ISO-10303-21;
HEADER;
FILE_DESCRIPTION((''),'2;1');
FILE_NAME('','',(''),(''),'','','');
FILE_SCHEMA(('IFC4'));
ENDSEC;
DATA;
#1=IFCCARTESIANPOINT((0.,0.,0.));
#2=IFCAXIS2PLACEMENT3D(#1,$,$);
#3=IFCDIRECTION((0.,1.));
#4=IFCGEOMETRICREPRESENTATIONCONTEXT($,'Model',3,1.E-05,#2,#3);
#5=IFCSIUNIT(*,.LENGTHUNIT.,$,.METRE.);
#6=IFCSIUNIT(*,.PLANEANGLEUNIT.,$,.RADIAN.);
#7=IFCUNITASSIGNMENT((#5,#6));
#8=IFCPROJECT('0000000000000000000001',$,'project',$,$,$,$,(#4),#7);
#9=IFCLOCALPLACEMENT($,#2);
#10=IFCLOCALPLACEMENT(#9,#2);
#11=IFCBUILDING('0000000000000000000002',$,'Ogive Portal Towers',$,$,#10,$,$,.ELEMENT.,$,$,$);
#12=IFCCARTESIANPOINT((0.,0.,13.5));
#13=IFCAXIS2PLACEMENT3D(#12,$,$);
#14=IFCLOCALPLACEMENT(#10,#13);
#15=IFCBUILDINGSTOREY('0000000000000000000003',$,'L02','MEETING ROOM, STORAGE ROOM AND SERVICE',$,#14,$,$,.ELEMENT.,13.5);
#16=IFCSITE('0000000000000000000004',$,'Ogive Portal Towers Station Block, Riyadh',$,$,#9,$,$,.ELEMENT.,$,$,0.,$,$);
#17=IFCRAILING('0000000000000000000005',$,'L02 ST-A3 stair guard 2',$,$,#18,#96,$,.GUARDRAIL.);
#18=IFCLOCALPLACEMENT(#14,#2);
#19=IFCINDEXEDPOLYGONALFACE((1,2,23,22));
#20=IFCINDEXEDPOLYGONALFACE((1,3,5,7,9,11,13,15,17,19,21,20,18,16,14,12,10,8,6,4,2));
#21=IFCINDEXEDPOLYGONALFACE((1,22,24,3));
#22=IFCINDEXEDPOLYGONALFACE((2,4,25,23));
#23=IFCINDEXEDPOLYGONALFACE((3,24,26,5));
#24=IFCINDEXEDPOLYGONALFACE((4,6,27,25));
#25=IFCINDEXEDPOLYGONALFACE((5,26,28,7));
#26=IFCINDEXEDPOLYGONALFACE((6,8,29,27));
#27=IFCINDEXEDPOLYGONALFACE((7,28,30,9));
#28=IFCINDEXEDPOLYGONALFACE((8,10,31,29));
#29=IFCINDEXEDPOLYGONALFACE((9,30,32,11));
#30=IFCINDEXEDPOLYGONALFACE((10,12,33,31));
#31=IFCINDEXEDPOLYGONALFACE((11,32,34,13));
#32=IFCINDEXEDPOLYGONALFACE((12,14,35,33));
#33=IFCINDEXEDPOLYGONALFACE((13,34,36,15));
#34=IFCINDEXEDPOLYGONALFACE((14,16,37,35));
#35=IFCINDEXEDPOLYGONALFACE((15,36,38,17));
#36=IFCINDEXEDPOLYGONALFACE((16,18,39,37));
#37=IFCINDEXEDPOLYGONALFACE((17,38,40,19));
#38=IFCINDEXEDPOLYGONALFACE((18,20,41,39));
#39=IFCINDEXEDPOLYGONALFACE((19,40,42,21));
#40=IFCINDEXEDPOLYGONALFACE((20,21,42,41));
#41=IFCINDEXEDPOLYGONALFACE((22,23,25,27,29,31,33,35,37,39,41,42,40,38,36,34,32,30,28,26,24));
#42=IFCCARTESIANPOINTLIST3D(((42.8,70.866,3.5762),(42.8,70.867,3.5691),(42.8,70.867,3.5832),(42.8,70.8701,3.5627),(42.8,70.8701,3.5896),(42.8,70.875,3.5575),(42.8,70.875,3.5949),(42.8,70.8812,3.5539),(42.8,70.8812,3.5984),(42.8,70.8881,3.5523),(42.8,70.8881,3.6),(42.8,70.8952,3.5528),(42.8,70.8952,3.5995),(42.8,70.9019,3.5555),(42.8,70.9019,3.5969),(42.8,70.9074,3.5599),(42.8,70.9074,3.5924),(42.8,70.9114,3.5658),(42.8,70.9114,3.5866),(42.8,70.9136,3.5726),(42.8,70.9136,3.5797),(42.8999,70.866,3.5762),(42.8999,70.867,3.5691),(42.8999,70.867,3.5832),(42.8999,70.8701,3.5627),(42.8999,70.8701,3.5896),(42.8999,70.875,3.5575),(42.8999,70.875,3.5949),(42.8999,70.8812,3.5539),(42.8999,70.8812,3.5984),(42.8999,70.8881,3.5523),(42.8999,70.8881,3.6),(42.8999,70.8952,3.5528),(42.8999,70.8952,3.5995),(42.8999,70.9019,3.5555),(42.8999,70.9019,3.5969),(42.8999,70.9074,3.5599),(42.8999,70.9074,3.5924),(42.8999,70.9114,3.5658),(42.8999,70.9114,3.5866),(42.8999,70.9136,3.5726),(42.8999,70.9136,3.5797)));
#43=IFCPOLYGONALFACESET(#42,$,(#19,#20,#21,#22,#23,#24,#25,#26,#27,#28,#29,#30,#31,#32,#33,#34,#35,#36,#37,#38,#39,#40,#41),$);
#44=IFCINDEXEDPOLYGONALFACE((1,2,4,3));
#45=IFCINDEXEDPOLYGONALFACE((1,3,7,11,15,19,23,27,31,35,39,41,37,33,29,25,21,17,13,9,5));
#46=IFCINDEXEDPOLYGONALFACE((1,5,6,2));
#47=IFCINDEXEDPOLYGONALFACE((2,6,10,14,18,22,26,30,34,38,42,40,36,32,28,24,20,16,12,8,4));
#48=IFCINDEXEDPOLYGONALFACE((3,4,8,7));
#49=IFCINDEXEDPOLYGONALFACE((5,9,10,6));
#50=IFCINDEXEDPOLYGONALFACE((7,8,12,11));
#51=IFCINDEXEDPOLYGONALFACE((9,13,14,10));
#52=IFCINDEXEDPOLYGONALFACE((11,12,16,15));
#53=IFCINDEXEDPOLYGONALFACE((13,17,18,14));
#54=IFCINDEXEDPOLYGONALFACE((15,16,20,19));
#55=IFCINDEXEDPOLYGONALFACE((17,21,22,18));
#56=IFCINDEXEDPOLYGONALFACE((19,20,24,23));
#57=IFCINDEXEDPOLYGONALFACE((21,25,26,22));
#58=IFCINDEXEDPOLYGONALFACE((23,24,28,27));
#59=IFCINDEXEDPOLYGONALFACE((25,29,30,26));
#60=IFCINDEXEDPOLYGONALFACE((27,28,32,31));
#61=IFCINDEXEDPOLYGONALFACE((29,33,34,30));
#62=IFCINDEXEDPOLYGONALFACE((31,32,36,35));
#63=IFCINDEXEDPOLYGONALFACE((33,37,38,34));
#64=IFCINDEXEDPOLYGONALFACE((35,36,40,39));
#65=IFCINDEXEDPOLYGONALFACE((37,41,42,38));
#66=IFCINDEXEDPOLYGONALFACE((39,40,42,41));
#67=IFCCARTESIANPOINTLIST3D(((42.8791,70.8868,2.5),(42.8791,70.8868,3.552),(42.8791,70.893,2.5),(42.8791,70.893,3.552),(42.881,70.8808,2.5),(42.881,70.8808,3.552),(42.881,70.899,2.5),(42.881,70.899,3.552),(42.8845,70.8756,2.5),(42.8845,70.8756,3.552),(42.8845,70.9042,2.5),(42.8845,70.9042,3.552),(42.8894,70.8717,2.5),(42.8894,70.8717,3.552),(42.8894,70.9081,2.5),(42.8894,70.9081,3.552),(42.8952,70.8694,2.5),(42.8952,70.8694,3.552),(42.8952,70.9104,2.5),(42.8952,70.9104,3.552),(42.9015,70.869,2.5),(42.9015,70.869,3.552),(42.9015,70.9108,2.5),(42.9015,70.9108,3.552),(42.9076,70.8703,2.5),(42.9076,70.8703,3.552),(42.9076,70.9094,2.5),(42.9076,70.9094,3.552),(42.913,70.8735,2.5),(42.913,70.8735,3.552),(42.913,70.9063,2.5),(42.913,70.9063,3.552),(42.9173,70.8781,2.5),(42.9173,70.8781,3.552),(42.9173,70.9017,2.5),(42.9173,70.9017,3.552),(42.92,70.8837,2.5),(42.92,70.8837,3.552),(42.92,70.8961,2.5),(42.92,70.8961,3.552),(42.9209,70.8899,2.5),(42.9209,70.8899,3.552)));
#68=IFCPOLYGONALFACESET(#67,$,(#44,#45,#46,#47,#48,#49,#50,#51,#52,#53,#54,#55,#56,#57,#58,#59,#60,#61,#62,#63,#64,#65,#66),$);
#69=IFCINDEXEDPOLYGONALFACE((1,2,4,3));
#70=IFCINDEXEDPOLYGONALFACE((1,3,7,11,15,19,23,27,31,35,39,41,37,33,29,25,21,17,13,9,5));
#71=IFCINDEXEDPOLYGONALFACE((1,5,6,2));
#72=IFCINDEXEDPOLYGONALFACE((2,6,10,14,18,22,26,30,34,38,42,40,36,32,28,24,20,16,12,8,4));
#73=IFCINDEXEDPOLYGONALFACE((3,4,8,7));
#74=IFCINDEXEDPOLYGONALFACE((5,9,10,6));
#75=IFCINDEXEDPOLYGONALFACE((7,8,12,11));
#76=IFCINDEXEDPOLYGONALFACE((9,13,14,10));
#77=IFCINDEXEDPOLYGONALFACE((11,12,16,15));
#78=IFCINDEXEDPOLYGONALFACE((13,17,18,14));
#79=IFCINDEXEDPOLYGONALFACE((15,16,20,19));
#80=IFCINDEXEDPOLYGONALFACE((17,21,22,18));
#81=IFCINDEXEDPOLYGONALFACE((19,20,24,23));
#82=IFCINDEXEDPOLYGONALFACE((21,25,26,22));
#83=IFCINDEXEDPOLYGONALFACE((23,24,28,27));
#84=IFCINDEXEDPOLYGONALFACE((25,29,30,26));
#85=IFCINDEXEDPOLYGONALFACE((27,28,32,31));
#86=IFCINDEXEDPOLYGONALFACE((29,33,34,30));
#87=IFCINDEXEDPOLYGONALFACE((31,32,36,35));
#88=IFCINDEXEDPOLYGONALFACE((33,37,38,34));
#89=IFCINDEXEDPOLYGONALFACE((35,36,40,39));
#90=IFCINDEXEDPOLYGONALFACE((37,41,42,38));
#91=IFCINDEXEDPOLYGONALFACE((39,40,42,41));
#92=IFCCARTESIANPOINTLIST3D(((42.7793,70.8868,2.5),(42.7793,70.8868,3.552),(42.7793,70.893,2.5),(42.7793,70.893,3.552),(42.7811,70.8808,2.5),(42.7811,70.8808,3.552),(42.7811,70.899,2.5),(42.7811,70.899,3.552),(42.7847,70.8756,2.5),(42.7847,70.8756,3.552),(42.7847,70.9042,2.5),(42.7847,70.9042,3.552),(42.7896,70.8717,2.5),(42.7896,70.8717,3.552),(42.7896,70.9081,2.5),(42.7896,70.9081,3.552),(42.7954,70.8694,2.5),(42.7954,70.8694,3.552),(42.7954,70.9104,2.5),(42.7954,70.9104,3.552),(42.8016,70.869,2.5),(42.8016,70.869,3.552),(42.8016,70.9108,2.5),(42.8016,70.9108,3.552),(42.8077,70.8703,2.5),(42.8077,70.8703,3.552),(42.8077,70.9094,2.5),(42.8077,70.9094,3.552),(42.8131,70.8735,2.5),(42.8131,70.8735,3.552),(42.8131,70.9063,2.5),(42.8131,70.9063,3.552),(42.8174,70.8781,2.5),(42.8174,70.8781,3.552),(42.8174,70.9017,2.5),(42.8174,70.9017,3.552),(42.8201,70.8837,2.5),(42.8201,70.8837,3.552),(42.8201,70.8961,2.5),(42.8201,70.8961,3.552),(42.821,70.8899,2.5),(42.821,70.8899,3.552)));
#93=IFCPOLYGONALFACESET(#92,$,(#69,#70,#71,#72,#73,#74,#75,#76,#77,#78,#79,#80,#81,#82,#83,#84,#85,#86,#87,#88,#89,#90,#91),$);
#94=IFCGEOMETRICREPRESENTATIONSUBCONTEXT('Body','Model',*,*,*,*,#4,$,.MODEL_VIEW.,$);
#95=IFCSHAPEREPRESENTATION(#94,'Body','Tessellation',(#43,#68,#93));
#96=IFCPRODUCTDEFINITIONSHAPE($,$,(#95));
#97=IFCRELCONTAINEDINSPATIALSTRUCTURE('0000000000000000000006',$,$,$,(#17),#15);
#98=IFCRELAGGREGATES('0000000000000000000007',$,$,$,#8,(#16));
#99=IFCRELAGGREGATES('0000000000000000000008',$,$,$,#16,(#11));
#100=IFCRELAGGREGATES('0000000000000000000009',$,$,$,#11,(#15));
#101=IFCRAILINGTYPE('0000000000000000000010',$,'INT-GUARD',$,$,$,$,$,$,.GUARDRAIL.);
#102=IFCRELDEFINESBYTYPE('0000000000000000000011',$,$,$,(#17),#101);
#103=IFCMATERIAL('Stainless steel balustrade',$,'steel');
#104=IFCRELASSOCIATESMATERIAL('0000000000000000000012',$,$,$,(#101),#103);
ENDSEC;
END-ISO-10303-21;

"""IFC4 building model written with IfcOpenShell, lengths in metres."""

from ifc_helpers import new_model, si_unit, direction, frame, origin, origin_2d, place, context, subcontext, project, spatial, circle, extrude, material, type_object, element, save


model = new_model("IFC4")

# Units and contexts
model_context = context("Model", 3, precision=1e-05, world=origin(), true_north=direction((0.0, 1.0)))
body_context = subcontext(model_context, "Body", "Model", "MODEL_VIEW")
ifc_project = project(units=[si_unit("LENGTHUNIT", "METRE"), si_unit("PLANEANGLEUNIT", "RADIAN")], contexts=[model_context])

# Site, building, storey
site_placement = place(None, origin())
site = spatial("IfcSite", under=ifc_project, at=site_placement, Name="Ogive Portal Towers Station Block, Riyadh", CompositionType="ELEMENT", RefElevation=0.0)
building_placement = place(site_placement, origin())
building = spatial("IfcBuilding", under=site, at=building_placement, Name="Ogive Portal Towers", CompositionType="ELEMENT")
storey_placement = place(building_placement, frame((0.0, 0.0, 13.5)))
storey = spatial("IfcBuildingStorey", under=building, at=storey_placement, Name="L02", Description="MEETING ROOM, STORAGE ROOM AND SERVICE", CompositionType="ELEMENT", Elevation=13.5)

# Railing
ifc_material_1 = material(Name="Stainless steel balustrade", Category="steel")
railing_type_1 = type_object("IfcRailingType", Name="INT-GUARD", PredefinedType="GUARDRAIL", material=ifc_material_1)
railing_1_placement = place(storey_placement, frame((42.8999, 70.8899, 2.5)))
element("IfcRailing", 1, at=railing_1_placement, inside=storey, type_object=railing_type_1, Name="L02 ST-A3 stair guard 2", PredefinedType="GUARDRAIL", context=body_context, shape_type="SweptSolid", body=[
    extrude(circle(Radius=0.0239, at=origin_2d()), frame((0.0, 0.0, 1.0762), z_axis=(-1.0, 0.0, 0.0), x_axis=(0.0, -1.0, 0.0)), (0.0, 0.0, 1.0), 0.0999),
    extrude(circle(Radius=0.021, at=origin_2d()), origin(), (0.0, 0.0, 1.0), 1.052),
    extrude(circle(Radius=0.021, at=origin_2d()), frame((-0.0999, 0.0, 0.0)), (0.0, 0.0, 1.0), 1.052),
])

save(model, "model.ifc")
